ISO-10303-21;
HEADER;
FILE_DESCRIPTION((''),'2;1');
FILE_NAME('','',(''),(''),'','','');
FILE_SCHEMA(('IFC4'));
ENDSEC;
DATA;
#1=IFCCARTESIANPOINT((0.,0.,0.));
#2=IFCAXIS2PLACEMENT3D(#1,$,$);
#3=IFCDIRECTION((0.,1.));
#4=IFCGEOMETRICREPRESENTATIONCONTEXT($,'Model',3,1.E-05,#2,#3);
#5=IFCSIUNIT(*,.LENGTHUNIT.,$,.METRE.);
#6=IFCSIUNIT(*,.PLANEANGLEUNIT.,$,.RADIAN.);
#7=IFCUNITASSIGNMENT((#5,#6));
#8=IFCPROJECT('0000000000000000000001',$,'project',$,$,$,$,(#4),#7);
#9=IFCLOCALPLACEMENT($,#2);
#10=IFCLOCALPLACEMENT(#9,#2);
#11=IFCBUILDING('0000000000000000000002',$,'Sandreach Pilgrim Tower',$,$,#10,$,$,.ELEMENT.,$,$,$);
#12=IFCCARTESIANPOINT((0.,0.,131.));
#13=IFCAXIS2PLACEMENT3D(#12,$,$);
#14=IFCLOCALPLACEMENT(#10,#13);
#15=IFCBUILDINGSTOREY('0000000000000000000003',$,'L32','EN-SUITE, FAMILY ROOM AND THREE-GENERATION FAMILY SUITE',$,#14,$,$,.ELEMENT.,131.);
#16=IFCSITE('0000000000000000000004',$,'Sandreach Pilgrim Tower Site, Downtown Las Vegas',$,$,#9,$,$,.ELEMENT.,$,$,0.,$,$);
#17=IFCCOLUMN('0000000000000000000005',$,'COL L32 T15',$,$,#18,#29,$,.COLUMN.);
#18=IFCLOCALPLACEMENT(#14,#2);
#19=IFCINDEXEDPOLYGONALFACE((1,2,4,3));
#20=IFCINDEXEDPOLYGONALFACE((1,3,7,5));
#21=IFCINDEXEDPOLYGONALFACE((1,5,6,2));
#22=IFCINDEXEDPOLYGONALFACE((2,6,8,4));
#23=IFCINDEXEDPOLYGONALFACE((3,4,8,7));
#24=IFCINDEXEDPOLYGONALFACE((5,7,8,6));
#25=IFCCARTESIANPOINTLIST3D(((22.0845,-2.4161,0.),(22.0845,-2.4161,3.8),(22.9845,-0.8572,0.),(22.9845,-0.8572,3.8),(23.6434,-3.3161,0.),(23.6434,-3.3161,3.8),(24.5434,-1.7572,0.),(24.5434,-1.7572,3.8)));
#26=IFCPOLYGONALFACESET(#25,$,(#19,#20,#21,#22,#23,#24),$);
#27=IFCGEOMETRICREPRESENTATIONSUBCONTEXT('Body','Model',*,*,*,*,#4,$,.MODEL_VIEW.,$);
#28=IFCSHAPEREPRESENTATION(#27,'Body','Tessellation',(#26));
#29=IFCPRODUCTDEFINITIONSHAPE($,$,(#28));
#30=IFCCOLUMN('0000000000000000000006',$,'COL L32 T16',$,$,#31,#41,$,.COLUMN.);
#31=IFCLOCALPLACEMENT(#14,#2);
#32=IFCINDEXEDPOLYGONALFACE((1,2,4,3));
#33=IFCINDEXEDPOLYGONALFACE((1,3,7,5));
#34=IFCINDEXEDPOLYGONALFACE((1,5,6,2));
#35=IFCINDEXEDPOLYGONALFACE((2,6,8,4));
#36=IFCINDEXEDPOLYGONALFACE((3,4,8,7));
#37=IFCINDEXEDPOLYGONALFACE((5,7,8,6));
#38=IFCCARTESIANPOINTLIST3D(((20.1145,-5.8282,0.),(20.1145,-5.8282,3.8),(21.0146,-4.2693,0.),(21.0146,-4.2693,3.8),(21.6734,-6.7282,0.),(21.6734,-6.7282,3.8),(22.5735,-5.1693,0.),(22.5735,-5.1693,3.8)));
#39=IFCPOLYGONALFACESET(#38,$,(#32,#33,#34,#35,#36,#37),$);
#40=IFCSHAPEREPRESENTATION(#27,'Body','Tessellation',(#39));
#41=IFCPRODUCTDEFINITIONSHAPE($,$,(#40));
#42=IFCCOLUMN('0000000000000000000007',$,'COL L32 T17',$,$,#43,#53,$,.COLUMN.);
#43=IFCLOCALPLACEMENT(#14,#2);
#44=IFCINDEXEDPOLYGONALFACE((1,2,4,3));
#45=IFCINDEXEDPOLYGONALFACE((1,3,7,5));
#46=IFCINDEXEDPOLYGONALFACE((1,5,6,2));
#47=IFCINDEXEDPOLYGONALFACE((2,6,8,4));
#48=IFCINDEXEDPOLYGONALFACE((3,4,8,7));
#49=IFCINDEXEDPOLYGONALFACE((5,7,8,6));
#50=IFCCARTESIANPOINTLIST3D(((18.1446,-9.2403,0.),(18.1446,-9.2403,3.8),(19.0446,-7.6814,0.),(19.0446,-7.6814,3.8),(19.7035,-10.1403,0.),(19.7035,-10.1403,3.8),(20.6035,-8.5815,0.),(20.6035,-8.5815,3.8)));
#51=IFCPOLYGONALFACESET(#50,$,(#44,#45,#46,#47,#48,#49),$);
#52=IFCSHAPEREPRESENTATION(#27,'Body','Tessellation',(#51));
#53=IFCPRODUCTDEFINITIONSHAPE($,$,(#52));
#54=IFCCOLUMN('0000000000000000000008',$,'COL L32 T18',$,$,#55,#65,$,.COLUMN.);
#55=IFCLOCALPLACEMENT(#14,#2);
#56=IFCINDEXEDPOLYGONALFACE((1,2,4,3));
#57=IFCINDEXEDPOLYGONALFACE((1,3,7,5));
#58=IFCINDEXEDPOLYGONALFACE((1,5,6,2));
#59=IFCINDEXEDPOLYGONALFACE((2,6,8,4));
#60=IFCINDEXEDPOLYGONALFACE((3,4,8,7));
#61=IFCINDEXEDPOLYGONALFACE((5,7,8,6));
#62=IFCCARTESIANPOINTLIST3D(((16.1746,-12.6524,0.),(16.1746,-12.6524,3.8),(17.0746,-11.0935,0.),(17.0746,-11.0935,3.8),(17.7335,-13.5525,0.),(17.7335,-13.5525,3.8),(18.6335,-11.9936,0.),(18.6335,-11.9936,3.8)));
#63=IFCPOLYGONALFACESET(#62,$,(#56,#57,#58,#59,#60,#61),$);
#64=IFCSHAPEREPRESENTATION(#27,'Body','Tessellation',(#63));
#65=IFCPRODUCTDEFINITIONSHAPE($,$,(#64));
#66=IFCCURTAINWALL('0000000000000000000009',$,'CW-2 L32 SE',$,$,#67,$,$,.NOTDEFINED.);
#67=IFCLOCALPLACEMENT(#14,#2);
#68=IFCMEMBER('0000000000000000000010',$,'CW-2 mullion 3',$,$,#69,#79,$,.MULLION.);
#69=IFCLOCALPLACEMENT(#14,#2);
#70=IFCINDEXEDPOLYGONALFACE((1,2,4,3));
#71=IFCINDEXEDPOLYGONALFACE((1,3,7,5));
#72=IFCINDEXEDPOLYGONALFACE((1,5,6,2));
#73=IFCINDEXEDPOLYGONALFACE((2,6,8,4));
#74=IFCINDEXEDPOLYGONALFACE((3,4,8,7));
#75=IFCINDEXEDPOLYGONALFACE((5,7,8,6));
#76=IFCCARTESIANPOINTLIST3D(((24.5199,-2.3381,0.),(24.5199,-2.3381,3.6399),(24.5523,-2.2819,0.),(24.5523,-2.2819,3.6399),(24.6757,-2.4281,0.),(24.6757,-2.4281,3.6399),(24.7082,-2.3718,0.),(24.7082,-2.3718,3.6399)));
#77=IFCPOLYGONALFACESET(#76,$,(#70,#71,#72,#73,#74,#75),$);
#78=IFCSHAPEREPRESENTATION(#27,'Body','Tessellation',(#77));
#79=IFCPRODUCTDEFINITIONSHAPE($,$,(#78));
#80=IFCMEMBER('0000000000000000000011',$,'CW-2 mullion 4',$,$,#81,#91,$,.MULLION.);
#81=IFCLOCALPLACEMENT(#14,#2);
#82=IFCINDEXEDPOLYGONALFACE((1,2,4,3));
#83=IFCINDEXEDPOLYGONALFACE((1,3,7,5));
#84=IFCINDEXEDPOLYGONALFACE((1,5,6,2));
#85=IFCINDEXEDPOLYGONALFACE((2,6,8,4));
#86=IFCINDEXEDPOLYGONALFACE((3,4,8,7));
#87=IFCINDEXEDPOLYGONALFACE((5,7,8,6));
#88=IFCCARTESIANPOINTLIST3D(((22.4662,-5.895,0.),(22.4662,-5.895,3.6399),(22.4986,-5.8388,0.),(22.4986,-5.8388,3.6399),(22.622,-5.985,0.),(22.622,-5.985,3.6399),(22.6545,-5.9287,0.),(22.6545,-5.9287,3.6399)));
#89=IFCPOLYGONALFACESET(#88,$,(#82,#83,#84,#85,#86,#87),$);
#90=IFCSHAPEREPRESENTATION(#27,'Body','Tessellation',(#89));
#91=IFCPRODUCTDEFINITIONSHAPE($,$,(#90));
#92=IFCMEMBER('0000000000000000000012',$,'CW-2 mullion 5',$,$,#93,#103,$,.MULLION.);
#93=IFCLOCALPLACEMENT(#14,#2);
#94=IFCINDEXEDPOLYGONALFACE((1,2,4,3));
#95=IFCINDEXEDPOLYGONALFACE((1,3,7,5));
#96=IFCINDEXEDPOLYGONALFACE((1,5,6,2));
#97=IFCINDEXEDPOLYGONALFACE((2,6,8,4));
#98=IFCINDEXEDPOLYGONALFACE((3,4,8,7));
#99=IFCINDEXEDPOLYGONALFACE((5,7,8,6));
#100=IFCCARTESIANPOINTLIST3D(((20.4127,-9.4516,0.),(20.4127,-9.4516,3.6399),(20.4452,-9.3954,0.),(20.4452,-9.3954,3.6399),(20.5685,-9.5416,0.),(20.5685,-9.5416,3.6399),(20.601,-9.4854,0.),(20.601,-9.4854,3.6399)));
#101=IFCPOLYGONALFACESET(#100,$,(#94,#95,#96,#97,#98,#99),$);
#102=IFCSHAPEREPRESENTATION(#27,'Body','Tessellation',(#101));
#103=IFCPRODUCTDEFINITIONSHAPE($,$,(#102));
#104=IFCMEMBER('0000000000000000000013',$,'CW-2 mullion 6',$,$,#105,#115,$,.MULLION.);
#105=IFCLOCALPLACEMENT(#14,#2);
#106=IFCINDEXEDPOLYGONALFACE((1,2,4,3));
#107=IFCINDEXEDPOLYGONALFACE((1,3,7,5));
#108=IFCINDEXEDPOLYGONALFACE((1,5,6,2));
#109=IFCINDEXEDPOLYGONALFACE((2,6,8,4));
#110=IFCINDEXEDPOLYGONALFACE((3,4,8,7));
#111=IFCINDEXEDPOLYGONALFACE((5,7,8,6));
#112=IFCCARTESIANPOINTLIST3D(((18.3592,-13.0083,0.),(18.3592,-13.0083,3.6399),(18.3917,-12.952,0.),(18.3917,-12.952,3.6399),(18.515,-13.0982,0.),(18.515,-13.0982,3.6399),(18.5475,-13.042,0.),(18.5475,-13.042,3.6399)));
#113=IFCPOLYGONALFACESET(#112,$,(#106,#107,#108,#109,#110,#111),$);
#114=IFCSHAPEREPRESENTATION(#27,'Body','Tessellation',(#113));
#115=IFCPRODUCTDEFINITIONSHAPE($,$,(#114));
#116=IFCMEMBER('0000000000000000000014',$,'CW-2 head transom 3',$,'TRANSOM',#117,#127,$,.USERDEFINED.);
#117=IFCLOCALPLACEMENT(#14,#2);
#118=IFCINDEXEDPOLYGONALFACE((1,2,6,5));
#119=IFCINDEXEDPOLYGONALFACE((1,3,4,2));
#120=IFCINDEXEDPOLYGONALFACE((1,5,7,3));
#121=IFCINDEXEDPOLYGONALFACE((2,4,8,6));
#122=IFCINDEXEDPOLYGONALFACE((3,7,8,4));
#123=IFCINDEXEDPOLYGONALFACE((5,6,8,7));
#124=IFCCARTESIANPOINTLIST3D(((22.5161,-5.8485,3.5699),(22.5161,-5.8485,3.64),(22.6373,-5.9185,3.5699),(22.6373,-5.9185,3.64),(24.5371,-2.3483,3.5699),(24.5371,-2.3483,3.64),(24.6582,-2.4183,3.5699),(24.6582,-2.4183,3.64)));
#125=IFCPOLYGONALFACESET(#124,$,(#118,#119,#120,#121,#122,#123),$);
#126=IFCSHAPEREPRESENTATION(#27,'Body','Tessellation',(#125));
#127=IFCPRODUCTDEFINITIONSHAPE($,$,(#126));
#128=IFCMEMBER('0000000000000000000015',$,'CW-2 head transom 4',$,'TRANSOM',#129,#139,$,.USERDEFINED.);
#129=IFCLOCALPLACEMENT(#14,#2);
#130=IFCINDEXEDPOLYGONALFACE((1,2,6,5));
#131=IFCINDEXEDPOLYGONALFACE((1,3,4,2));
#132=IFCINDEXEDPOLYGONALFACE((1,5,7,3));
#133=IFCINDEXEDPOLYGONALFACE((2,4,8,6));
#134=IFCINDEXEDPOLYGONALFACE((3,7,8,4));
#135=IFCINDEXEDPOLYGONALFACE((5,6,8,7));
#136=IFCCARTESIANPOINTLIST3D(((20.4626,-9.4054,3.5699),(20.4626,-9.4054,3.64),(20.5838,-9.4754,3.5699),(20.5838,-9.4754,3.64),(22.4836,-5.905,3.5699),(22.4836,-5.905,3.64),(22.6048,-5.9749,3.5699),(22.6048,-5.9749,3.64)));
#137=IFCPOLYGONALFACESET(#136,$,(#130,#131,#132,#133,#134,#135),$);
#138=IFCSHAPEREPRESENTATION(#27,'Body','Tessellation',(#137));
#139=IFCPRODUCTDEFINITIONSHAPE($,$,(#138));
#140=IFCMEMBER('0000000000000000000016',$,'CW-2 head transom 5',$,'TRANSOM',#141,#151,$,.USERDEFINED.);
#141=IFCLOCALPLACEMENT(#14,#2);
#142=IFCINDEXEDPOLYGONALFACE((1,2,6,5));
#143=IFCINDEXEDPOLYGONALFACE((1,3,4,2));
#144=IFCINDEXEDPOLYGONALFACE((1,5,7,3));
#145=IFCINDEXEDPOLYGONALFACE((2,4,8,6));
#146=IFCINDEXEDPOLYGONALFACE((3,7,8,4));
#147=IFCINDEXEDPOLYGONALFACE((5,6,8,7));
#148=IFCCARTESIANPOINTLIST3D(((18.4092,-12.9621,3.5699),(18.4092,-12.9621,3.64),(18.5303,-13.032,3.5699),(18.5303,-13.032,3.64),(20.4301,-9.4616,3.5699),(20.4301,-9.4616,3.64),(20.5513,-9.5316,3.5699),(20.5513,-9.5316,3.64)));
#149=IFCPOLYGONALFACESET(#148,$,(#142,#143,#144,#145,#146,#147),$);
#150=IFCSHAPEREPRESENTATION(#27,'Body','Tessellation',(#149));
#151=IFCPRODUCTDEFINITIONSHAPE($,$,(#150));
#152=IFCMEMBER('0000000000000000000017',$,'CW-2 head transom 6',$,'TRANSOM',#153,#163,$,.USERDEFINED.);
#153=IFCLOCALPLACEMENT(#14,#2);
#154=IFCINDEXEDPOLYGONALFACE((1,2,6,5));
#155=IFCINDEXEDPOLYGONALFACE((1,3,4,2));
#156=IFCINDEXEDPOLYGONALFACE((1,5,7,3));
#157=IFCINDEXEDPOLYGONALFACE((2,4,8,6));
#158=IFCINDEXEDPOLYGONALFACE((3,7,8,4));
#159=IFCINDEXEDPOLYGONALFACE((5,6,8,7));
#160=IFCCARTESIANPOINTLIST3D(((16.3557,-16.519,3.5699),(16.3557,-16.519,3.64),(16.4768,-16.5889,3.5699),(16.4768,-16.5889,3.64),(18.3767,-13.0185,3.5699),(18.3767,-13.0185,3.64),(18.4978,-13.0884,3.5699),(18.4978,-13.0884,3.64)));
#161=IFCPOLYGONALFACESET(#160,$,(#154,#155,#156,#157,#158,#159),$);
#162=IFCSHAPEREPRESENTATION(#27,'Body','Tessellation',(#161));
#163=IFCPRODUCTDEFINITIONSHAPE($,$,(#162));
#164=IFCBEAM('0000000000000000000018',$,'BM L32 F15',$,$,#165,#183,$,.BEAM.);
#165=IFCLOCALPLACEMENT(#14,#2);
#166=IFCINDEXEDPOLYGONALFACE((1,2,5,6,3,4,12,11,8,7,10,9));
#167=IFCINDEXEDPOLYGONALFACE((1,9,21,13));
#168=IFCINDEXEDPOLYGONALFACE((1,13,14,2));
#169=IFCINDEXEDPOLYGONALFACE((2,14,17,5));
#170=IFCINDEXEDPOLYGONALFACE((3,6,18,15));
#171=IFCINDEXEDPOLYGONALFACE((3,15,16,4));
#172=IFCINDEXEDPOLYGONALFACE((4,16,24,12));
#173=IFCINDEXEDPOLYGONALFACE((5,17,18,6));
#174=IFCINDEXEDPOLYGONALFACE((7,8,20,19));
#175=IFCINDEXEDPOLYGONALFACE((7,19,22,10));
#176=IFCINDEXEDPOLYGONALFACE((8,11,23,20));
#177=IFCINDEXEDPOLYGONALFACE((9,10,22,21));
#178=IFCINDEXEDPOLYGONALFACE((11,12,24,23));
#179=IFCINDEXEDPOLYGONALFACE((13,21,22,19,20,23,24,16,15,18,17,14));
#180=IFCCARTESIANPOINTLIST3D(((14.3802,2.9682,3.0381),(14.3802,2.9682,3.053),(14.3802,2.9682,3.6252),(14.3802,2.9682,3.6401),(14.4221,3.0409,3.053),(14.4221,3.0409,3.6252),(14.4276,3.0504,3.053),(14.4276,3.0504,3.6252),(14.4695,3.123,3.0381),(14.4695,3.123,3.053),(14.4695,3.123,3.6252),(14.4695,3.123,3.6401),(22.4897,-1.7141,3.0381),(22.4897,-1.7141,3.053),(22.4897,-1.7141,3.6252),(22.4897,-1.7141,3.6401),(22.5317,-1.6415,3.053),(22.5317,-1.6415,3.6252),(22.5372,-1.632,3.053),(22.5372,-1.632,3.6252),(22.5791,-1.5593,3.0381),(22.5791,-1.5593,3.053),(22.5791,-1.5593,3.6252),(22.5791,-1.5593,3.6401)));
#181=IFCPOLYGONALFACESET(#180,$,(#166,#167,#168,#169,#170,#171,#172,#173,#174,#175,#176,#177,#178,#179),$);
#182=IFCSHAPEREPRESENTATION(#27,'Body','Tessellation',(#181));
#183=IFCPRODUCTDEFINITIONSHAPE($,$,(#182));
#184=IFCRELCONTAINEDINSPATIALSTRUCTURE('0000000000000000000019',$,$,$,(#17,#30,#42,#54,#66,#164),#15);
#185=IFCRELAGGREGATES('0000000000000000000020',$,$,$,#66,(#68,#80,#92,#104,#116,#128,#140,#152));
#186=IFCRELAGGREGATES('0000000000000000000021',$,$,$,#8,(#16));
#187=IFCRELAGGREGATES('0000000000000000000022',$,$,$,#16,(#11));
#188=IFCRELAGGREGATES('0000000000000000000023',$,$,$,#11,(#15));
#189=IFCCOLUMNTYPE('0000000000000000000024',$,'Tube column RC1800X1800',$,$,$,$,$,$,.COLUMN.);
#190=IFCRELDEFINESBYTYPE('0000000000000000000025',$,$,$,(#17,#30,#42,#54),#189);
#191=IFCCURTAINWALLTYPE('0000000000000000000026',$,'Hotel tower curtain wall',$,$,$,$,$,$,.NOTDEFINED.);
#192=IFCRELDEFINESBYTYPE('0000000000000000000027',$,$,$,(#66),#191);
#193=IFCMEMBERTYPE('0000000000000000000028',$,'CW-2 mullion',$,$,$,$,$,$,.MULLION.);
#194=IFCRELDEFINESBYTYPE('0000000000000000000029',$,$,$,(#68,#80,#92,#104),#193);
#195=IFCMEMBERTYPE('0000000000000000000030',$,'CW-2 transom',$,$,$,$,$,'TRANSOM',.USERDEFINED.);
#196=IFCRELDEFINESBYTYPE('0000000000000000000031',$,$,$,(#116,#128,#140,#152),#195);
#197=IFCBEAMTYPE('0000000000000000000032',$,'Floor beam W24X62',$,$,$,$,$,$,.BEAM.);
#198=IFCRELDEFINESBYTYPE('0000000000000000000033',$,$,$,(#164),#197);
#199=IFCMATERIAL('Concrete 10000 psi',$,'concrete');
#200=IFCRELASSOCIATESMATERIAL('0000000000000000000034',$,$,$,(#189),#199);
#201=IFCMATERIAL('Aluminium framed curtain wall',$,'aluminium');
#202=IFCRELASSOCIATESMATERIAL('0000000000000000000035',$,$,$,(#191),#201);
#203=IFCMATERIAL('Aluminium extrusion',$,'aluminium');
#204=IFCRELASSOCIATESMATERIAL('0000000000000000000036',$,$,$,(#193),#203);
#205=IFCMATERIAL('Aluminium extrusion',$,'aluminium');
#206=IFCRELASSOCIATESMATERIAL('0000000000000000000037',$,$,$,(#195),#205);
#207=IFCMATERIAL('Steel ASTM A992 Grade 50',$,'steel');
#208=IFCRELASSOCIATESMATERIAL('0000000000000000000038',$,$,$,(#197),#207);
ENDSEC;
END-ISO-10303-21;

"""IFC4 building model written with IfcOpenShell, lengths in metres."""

from ifc_helpers import new_model, si_unit, direction, frame, origin, origin_2d, place, context, subcontext, project, spatial, rectangle, i_section, extrude, material, material_profile, profile_set, type_object, element, aggregate, save


model = new_model("IFC4")

# Units and contexts
model_context = context("Model", 3, precision=1e-05, world=origin(), true_north=direction((0.0, 1.0)))
body_context = subcontext(model_context, "Body", "Model", "MODEL_VIEW")
ifc_project = project(units=[si_unit("LENGTHUNIT", "METRE"), si_unit("PLANEANGLEUNIT", "RADIAN")], contexts=[model_context])

# Site, building, storey
site_placement = place(None, origin())
site = spatial("IfcSite", under=ifc_project, at=site_placement, Name="Sandreach Pilgrim Tower Site, Downtown Las Vegas", CompositionType="ELEMENT", RefElevation=0.0)
building_placement = place(site_placement, origin())
building = spatial("IfcBuilding", under=site, at=building_placement, Name="Sandreach Pilgrim Tower", CompositionType="ELEMENT")
storey_placement = place(building_placement, frame((0.0, 0.0, 131.0)))
storey = spatial("IfcBuildingStorey", under=building, at=storey_placement, Name="L32", Description="EN-SUITE, FAMILY ROOM AND THREE-GENERATION FAMILY SUITE", CompositionType="ELEMENT", Elevation=131.0)

# Columns
ifc_material_1 = material(Name="Concrete 10000 psi", Category="concrete")
ifc_material_profile_1 = material_profile(ifc_material_1, rectangle(XDim=1.8, YDim=1.8, at=origin_2d()), Name="RC1800X1800")
ifc_profile_set_1 = profile_set([ifc_material_profile_1], Name="Concrete 10000 psi")
column_type = type_object("IfcColumnType", Name="Tube column RC1800X1800", PredefinedType="COLUMN", material=ifc_profile_set_1)
for number, where, z_axis, x_axis, name in (
    (1, (23.314, -2.0867, 0.0), (0.0, 0.0, 1.0), (0.866025, -0.5, 0.0), "COL L32 T15"),
    (2, (21.344, -5.4988, 0.0), (0.0, 0.0, 1.0), (0.866025, -0.5, 0.0), "COL L32 T16"),
    (3, (19.374, -8.9109, 0.0), (0.0, 0.0, 1.0), (0.866025, -0.5, 0.0), "COL L32 T17"),
    (4, (17.4041, -12.323, 0.0), (0.0, 0.0, 1.0), (0.866025, -0.5, 0.0), "COL L32 T18"),
):
    element("IfcColumn", number, at=place(storey_placement, frame(where, z_axis=z_axis, x_axis=x_axis)), inside=storey, type_object=column_type, Name=name, PredefinedType="COLUMN", context=body_context, shape_type="SweptSolid", body=[
        extrude(rectangle(XDim=1.8, YDim=1.8, at=origin_2d()), origin(), (0.0, 0.0, 1.0), 3.8),
    ])

# Curtain wall, members
ifc_material_2 = material(Name="Aluminium framed curtain wall", Category="aluminium")
curtain_wall_type = type_object("IfcCurtainWallType", Name="Hotel tower curtain wall", PredefinedType="NOTDEFINED", material=ifc_material_2)
curtain_wall_placement = place(storey_placement, origin())
curtain_wall = element("IfcCurtainWall", 5, at=curtain_wall_placement, inside=storey, type_object=curtain_wall_type, Name="CW-2 L32 SE", PredefinedType="NOTDEFINED")
ifc_material_3 = material(Name="Aluminium extrusion", Category="aluminium")
ifc_material_profile_2 = material_profile(ifc_material_3, rectangle(XDim=0.0649, YDim=0.1799, at=origin_2d()), Name="CW-2M 65X180")
ifc_profile_set_2 = profile_set([ifc_material_profile_2], Name="Aluminium extrusion")
member_type_1 = type_object("IfcMemberType", Name="CW-2 mullion", PredefinedType="MULLION", material=ifc_profile_set_2)
member_1_placement = place(storey_placement, frame((24.614, -2.355, 0.0), z_axis=(0.0, 0.0, 1.0), x_axis=(-0.5, -0.866025, 0.0)))
member_1 = element("IfcMember", 6, at=member_1_placement, type_object=member_type_1, Name="CW-2 mullion 3", PredefinedType="MULLION", context=body_context, shape_type="SweptSolid", body=[
    extrude(rectangle(XDim=0.0649, YDim=0.1799, at=origin_2d()), origin(), (0.0, 0.0, 1.0), 3.6399),
])
member_2_placement = place(storey_placement, frame((22.5603, -5.9119, 0.0), z_axis=(0.0, 0.0, 1.0), x_axis=(-0.5, -0.866025, 0.0)))
member_2 = element("IfcMember", 7, at=member_2_placement, type_object=member_type_1, Name="CW-2 mullion 4", PredefinedType="MULLION", context=body_context, shape_type="SweptSolid", body=[
    extrude(rectangle(XDim=0.0649, YDim=0.1799, at=origin_2d()), origin(), (0.0, 0.0, 1.0), 3.6399),
])
member_3_placement = place(storey_placement, frame((20.5068, -9.4685, 0.0), z_axis=(0.0, 0.0, 1.0), x_axis=(-0.5, -0.866025, 0.0)))
member_3 = element("IfcMember", 8, at=member_3_placement, type_object=member_type_1, Name="CW-2 mullion 5", PredefinedType="MULLION", context=body_context, shape_type="SweptSolid", body=[
    extrude(rectangle(XDim=0.0649, YDim=0.1799, at=origin_2d()), origin(), (0.0, 0.0, 1.0), 3.6399),
])
member_4_placement = place(storey_placement, frame((18.4534, -13.0251, 0.0), z_axis=(0.0, 0.0, 1.0), x_axis=(-0.5, -0.866025, 0.0)))
member_4 = element("IfcMember", 9, at=member_4_placement, type_object=member_type_1, Name="CW-2 mullion 6", PredefinedType="MULLION", context=body_context, shape_type="SweptSolid", body=[
    extrude(rectangle(XDim=0.0649, YDim=0.1799, at=origin_2d()), origin(), (0.0, 0.0, 1.0), 3.6399),
])
ifc_material_4 = material(Name="Aluminium extrusion", Category="aluminium")
ifc_material_profile_3 = material_profile(ifc_material_4, rectangle(XDim=0.1399, YDim=0.0701, at=origin_2d()), Name="CW-2T 140X70")
ifc_profile_set_3 = profile_set([ifc_material_profile_3], Name="Aluminium extrusion")
member_type_2 = type_object("IfcMemberType", Name="CW-2 transom", ElementType="TRANSOM", PredefinedType="USERDEFINED", material=ifc_profile_set_3)
member_5_placement = place(storey_placement, frame((24.5977, -2.3833, 3.605), z_axis=(-0.500024, -0.866012, 0.0), x_axis=(0.866012, -0.500024, 0.0)))
member_5 = element("IfcMember", 10, at=member_5_placement, type_object=member_type_2, Name="CW-2 head transom 3", ObjectType="TRANSOM", PredefinedType="USERDEFINED", context=body_context, shape_type="SweptSolid", body=[
    extrude(rectangle(XDim=0.1399, YDim=0.0701, at=origin_2d()), origin(), (0.0, 0.0, 1.0), 4.0417),
])
member_6_placement = place(storey_placement, frame((22.5442, -5.9399, 3.605), z_axis=(-0.499998, -0.866027, 0.0), x_axis=(0.866027, -0.499998, 0.0)))
member_6 = element("IfcMember", 11, at=member_6_placement, type_object=member_type_2, Name="CW-2 head transom 4", ObjectType="TRANSOM", PredefinedType="USERDEFINED", context=body_context, shape_type="SweptSolid", body=[
    extrude(rectangle(XDim=0.1399, YDim=0.0701, at=origin_2d()), origin(), (0.0, 0.0, 1.0), 4.042),
])
member_7_placement = place(storey_placement, frame((20.4907, -9.4966, 3.605), z_axis=(-0.499998, -0.866027, 0.0), x_axis=(0.866027, -0.499998, 0.0)))
member_7 = element("IfcMember", 12, at=member_7_placement, type_object=member_type_2, Name="CW-2 head transom 5", ObjectType="TRANSOM", PredefinedType="USERDEFINED", context=body_context, shape_type="SweptSolid", body=[
    extrude(rectangle(XDim=0.1399, YDim=0.0701, at=origin_2d()), origin(), (0.0, 0.0, 1.0), 4.042),
])
member_8_placement = place(storey_placement, frame((18.4373, -13.0535, 3.605), z_axis=(-0.499998, -0.866027, 0.0), x_axis=(0.866027, -0.499998, 0.0)))
member_8 = element("IfcMember", 13, at=member_8_placement, type_object=member_type_2, Name="CW-2 head transom 6", ObjectType="TRANSOM", PredefinedType="USERDEFINED", context=body_context, shape_type="SweptSolid", body=[
    extrude(rectangle(XDim=0.1399, YDim=0.0701, at=origin_2d()), origin(), (0.0, 0.0, 1.0), 4.042),
])

# Beam
ifc_material_5 = material(Name="Steel ASTM A992 Grade 50", Category="steel")
ifc_material_profile_4 = material_profile(ifc_material_5, i_section(OverallWidth=0.1787, OverallDepth=0.6021, WebThickness=0.011, FlangeThickness=0.0149, at=origin_2d()), Name="W24X62")
ifc_profile_set_4 = profile_set([ifc_material_profile_4], Name="Steel ASTM A992 Grade 50")
beam_type_1 = type_object("IfcBeamType", Name="Floor beam W24X62", PredefinedType="BEAM", material=ifc_profile_set_4)
beam_1_placement = place(storey_placement, frame((22.5344, -1.6367, 3.3391), z_axis=(-0.866012, 0.500023, 0.0), x_axis=(-0.500023, -0.866012, 0.0)))
element("IfcBeam", 14, at=beam_1_placement, inside=storey, type_object=beam_type_1, Name="BM L32 F15", PredefinedType="BEAM", context=body_context, shape_type="SweptSolid", body=[
    extrude(i_section(OverallWidth=0.1787, OverallDepth=0.6021, WebThickness=0.011, FlangeThickness=0.0149, at=origin_2d()), origin(), (0.0, 0.0, 1.0), 9.3643),
])

aggregate(curtain_wall, [member_1, member_2, member_3, member_4, member_5, member_6, member_7, member_8])

save(model, "model.ifc")
